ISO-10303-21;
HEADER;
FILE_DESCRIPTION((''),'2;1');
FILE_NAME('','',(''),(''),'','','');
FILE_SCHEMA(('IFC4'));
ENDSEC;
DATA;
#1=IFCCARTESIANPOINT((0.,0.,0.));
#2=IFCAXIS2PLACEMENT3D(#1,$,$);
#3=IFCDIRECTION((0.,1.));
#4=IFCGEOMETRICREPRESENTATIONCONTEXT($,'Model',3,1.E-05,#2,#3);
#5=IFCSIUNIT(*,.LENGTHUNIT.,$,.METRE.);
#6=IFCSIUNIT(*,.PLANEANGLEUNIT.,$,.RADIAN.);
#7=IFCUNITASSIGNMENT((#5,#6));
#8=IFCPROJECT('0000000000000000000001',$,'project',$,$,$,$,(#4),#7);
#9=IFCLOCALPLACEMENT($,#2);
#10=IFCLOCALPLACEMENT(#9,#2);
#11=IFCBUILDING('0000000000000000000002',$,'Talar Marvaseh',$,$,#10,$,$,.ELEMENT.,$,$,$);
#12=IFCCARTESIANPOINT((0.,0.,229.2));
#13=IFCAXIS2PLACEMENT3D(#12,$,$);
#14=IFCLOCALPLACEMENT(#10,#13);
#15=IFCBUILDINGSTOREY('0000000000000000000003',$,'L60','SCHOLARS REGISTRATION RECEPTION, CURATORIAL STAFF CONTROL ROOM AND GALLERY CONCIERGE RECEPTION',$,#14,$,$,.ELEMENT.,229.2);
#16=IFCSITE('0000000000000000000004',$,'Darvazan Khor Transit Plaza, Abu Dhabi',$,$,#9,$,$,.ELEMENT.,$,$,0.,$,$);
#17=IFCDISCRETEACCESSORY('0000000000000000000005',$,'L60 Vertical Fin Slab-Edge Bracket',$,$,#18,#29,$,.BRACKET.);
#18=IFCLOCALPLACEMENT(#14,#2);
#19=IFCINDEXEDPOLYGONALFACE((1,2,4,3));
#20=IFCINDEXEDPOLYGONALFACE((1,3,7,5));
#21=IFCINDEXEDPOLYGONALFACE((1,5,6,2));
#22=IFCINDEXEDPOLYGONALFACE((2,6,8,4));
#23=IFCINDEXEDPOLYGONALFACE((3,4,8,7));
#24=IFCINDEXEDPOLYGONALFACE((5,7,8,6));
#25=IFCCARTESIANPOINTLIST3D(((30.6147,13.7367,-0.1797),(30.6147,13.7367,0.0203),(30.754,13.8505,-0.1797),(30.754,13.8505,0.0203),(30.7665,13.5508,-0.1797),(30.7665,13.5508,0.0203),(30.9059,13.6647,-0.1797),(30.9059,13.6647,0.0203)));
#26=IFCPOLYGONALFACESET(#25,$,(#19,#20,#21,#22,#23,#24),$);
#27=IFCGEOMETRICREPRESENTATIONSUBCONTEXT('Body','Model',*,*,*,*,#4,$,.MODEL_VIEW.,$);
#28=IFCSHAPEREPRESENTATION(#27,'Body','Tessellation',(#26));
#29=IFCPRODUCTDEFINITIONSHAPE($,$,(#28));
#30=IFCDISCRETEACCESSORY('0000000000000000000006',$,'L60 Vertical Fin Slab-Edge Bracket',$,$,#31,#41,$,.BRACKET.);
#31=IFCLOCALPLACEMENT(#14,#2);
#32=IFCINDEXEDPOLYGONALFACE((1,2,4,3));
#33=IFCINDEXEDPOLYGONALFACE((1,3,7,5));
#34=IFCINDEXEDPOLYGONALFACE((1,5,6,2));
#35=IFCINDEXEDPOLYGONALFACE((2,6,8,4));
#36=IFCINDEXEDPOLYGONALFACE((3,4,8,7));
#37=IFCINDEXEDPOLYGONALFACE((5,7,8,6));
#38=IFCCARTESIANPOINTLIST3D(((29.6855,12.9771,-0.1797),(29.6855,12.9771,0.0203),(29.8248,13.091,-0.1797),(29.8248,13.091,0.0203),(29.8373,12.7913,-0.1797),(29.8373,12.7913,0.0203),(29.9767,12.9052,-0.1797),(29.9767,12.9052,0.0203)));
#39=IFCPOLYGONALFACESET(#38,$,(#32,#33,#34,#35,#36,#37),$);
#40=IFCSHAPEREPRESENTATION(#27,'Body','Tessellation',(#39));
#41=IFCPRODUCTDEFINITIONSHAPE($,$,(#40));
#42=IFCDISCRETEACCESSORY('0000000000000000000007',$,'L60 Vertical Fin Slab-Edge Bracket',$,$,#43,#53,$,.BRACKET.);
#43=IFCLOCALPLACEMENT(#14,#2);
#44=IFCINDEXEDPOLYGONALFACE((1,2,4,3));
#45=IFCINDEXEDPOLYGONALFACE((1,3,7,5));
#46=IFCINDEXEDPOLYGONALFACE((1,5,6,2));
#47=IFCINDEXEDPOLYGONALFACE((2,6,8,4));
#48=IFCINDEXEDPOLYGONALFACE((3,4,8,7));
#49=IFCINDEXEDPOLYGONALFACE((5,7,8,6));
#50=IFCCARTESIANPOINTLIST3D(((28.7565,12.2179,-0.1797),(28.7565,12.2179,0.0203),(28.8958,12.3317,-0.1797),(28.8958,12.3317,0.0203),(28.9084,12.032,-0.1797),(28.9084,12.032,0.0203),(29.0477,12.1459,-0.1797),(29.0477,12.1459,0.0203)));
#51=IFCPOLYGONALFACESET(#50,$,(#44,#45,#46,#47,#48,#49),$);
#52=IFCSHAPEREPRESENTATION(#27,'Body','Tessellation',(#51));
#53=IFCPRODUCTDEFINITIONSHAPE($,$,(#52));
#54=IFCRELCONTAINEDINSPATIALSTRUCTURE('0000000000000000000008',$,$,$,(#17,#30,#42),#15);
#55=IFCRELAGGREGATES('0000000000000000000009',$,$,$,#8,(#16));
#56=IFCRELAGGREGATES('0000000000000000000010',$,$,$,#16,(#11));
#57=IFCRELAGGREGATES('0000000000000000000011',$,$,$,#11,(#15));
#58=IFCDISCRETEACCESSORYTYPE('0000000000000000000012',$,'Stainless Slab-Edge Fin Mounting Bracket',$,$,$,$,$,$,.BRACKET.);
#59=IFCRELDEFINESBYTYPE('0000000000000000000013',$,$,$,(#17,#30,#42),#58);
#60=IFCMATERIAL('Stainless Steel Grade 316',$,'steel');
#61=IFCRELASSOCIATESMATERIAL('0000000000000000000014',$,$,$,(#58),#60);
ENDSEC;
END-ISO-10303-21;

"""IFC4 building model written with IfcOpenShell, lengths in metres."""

from ifc_helpers import new_model, si_unit, direction, frame, origin, origin_2d, place, context, subcontext, project, spatial, rectangle, extrude, source, transform, mapped, material, type_object, type_shapes, element, save


model = new_model("IFC4")

# Units and contexts
model_context = context("Model", 3, precision=1e-05, world=origin(), true_north=direction((0.0, 1.0)))
body_context = subcontext(model_context, "Body", "Model", "MODEL_VIEW")
ifc_project = project(units=[si_unit("LENGTHUNIT", "METRE"), si_unit("PLANEANGLEUNIT", "RADIAN")], contexts=[model_context])

# Site, building, storey
site_placement = place(None, origin())
site = spatial("IfcSite", under=ifc_project, at=site_placement, Name="Darvazan Khor Transit Plaza, Abu Dhabi", CompositionType="ELEMENT", RefElevation=0.0)
building_placement = place(site_placement, origin())
building = spatial("IfcBuilding", under=site, at=building_placement, Name="Talar Marvaseh", CompositionType="ELEMENT")
storey_placement = place(building_placement, frame((0.0, 0.0, 229.2)))
storey = spatial("IfcBuildingStorey", under=building, at=storey_placement, Name="L60", Description="SCHOLARS REGISTRATION RECEPTION, CURATORIAL STAFF CONTROL ROOM AND GALLERY CONCIERGE RECEPTION", CompositionType="ELEMENT", Elevation=229.2)

# Discrete accessories
ifc_material_1 = material(Name="Stainless Steel Grade 316", Category="steel")
discrete_accessory_type = type_object("IfcDiscreteAccessoryType", Name="Stainless Slab-Edge Fin Mounting Bracket", PredefinedType="BRACKET", material=ifc_material_1)
shared_shape_1 = source(origin(), body_context, "Body", "SweptSolid", [
    extrude(rectangle(XDim=0.24, YDim=0.1799, at=origin_2d()), origin(), (0.0, 0.0, 1.0), 0.2),
])
type_shapes(discrete_accessory_type, [shared_shape_1])
for number, where, z_axis, x_axis, name in (
    (1, (30.7603, 13.7007, -0.1797), (0.0, 0.0, 1.0), (0.63284, -0.774282, 0.0), "L60 Vertical Fin Slab-Edge Bracket"),
    (2, (29.8311, 12.9412, -0.1797), (0.0, 0.0, 1.0), (0.63284, -0.774282, 0.0), "L60 Vertical Fin Slab-Edge Bracket"),
    (3, (28.9021, 12.1819, -0.1797), (0.0, 0.0, 1.0), (0.63284, -0.774282, 0.0), "L60 Vertical Fin Slab-Edge Bracket"),
):
    element("IfcDiscreteAccessory", number, at=place(storey_placement, frame(where, z_axis=z_axis, x_axis=x_axis)), inside=storey, type_object=discrete_accessory_type, Name=name, PredefinedType="BRACKET", context=body_context, shape_type="MappedRepresentation", body=[
        mapped(shared_shape_1, transform((0.0, 0.0, 0.0), x_axis=(1.0, 0.0, 0.0), y_axis=(0.0, 1.0, 0.0), z_axis=(0.0, 0.0, 1.0), scale=1.0)),
    ])

save(model, "model.ifc")
